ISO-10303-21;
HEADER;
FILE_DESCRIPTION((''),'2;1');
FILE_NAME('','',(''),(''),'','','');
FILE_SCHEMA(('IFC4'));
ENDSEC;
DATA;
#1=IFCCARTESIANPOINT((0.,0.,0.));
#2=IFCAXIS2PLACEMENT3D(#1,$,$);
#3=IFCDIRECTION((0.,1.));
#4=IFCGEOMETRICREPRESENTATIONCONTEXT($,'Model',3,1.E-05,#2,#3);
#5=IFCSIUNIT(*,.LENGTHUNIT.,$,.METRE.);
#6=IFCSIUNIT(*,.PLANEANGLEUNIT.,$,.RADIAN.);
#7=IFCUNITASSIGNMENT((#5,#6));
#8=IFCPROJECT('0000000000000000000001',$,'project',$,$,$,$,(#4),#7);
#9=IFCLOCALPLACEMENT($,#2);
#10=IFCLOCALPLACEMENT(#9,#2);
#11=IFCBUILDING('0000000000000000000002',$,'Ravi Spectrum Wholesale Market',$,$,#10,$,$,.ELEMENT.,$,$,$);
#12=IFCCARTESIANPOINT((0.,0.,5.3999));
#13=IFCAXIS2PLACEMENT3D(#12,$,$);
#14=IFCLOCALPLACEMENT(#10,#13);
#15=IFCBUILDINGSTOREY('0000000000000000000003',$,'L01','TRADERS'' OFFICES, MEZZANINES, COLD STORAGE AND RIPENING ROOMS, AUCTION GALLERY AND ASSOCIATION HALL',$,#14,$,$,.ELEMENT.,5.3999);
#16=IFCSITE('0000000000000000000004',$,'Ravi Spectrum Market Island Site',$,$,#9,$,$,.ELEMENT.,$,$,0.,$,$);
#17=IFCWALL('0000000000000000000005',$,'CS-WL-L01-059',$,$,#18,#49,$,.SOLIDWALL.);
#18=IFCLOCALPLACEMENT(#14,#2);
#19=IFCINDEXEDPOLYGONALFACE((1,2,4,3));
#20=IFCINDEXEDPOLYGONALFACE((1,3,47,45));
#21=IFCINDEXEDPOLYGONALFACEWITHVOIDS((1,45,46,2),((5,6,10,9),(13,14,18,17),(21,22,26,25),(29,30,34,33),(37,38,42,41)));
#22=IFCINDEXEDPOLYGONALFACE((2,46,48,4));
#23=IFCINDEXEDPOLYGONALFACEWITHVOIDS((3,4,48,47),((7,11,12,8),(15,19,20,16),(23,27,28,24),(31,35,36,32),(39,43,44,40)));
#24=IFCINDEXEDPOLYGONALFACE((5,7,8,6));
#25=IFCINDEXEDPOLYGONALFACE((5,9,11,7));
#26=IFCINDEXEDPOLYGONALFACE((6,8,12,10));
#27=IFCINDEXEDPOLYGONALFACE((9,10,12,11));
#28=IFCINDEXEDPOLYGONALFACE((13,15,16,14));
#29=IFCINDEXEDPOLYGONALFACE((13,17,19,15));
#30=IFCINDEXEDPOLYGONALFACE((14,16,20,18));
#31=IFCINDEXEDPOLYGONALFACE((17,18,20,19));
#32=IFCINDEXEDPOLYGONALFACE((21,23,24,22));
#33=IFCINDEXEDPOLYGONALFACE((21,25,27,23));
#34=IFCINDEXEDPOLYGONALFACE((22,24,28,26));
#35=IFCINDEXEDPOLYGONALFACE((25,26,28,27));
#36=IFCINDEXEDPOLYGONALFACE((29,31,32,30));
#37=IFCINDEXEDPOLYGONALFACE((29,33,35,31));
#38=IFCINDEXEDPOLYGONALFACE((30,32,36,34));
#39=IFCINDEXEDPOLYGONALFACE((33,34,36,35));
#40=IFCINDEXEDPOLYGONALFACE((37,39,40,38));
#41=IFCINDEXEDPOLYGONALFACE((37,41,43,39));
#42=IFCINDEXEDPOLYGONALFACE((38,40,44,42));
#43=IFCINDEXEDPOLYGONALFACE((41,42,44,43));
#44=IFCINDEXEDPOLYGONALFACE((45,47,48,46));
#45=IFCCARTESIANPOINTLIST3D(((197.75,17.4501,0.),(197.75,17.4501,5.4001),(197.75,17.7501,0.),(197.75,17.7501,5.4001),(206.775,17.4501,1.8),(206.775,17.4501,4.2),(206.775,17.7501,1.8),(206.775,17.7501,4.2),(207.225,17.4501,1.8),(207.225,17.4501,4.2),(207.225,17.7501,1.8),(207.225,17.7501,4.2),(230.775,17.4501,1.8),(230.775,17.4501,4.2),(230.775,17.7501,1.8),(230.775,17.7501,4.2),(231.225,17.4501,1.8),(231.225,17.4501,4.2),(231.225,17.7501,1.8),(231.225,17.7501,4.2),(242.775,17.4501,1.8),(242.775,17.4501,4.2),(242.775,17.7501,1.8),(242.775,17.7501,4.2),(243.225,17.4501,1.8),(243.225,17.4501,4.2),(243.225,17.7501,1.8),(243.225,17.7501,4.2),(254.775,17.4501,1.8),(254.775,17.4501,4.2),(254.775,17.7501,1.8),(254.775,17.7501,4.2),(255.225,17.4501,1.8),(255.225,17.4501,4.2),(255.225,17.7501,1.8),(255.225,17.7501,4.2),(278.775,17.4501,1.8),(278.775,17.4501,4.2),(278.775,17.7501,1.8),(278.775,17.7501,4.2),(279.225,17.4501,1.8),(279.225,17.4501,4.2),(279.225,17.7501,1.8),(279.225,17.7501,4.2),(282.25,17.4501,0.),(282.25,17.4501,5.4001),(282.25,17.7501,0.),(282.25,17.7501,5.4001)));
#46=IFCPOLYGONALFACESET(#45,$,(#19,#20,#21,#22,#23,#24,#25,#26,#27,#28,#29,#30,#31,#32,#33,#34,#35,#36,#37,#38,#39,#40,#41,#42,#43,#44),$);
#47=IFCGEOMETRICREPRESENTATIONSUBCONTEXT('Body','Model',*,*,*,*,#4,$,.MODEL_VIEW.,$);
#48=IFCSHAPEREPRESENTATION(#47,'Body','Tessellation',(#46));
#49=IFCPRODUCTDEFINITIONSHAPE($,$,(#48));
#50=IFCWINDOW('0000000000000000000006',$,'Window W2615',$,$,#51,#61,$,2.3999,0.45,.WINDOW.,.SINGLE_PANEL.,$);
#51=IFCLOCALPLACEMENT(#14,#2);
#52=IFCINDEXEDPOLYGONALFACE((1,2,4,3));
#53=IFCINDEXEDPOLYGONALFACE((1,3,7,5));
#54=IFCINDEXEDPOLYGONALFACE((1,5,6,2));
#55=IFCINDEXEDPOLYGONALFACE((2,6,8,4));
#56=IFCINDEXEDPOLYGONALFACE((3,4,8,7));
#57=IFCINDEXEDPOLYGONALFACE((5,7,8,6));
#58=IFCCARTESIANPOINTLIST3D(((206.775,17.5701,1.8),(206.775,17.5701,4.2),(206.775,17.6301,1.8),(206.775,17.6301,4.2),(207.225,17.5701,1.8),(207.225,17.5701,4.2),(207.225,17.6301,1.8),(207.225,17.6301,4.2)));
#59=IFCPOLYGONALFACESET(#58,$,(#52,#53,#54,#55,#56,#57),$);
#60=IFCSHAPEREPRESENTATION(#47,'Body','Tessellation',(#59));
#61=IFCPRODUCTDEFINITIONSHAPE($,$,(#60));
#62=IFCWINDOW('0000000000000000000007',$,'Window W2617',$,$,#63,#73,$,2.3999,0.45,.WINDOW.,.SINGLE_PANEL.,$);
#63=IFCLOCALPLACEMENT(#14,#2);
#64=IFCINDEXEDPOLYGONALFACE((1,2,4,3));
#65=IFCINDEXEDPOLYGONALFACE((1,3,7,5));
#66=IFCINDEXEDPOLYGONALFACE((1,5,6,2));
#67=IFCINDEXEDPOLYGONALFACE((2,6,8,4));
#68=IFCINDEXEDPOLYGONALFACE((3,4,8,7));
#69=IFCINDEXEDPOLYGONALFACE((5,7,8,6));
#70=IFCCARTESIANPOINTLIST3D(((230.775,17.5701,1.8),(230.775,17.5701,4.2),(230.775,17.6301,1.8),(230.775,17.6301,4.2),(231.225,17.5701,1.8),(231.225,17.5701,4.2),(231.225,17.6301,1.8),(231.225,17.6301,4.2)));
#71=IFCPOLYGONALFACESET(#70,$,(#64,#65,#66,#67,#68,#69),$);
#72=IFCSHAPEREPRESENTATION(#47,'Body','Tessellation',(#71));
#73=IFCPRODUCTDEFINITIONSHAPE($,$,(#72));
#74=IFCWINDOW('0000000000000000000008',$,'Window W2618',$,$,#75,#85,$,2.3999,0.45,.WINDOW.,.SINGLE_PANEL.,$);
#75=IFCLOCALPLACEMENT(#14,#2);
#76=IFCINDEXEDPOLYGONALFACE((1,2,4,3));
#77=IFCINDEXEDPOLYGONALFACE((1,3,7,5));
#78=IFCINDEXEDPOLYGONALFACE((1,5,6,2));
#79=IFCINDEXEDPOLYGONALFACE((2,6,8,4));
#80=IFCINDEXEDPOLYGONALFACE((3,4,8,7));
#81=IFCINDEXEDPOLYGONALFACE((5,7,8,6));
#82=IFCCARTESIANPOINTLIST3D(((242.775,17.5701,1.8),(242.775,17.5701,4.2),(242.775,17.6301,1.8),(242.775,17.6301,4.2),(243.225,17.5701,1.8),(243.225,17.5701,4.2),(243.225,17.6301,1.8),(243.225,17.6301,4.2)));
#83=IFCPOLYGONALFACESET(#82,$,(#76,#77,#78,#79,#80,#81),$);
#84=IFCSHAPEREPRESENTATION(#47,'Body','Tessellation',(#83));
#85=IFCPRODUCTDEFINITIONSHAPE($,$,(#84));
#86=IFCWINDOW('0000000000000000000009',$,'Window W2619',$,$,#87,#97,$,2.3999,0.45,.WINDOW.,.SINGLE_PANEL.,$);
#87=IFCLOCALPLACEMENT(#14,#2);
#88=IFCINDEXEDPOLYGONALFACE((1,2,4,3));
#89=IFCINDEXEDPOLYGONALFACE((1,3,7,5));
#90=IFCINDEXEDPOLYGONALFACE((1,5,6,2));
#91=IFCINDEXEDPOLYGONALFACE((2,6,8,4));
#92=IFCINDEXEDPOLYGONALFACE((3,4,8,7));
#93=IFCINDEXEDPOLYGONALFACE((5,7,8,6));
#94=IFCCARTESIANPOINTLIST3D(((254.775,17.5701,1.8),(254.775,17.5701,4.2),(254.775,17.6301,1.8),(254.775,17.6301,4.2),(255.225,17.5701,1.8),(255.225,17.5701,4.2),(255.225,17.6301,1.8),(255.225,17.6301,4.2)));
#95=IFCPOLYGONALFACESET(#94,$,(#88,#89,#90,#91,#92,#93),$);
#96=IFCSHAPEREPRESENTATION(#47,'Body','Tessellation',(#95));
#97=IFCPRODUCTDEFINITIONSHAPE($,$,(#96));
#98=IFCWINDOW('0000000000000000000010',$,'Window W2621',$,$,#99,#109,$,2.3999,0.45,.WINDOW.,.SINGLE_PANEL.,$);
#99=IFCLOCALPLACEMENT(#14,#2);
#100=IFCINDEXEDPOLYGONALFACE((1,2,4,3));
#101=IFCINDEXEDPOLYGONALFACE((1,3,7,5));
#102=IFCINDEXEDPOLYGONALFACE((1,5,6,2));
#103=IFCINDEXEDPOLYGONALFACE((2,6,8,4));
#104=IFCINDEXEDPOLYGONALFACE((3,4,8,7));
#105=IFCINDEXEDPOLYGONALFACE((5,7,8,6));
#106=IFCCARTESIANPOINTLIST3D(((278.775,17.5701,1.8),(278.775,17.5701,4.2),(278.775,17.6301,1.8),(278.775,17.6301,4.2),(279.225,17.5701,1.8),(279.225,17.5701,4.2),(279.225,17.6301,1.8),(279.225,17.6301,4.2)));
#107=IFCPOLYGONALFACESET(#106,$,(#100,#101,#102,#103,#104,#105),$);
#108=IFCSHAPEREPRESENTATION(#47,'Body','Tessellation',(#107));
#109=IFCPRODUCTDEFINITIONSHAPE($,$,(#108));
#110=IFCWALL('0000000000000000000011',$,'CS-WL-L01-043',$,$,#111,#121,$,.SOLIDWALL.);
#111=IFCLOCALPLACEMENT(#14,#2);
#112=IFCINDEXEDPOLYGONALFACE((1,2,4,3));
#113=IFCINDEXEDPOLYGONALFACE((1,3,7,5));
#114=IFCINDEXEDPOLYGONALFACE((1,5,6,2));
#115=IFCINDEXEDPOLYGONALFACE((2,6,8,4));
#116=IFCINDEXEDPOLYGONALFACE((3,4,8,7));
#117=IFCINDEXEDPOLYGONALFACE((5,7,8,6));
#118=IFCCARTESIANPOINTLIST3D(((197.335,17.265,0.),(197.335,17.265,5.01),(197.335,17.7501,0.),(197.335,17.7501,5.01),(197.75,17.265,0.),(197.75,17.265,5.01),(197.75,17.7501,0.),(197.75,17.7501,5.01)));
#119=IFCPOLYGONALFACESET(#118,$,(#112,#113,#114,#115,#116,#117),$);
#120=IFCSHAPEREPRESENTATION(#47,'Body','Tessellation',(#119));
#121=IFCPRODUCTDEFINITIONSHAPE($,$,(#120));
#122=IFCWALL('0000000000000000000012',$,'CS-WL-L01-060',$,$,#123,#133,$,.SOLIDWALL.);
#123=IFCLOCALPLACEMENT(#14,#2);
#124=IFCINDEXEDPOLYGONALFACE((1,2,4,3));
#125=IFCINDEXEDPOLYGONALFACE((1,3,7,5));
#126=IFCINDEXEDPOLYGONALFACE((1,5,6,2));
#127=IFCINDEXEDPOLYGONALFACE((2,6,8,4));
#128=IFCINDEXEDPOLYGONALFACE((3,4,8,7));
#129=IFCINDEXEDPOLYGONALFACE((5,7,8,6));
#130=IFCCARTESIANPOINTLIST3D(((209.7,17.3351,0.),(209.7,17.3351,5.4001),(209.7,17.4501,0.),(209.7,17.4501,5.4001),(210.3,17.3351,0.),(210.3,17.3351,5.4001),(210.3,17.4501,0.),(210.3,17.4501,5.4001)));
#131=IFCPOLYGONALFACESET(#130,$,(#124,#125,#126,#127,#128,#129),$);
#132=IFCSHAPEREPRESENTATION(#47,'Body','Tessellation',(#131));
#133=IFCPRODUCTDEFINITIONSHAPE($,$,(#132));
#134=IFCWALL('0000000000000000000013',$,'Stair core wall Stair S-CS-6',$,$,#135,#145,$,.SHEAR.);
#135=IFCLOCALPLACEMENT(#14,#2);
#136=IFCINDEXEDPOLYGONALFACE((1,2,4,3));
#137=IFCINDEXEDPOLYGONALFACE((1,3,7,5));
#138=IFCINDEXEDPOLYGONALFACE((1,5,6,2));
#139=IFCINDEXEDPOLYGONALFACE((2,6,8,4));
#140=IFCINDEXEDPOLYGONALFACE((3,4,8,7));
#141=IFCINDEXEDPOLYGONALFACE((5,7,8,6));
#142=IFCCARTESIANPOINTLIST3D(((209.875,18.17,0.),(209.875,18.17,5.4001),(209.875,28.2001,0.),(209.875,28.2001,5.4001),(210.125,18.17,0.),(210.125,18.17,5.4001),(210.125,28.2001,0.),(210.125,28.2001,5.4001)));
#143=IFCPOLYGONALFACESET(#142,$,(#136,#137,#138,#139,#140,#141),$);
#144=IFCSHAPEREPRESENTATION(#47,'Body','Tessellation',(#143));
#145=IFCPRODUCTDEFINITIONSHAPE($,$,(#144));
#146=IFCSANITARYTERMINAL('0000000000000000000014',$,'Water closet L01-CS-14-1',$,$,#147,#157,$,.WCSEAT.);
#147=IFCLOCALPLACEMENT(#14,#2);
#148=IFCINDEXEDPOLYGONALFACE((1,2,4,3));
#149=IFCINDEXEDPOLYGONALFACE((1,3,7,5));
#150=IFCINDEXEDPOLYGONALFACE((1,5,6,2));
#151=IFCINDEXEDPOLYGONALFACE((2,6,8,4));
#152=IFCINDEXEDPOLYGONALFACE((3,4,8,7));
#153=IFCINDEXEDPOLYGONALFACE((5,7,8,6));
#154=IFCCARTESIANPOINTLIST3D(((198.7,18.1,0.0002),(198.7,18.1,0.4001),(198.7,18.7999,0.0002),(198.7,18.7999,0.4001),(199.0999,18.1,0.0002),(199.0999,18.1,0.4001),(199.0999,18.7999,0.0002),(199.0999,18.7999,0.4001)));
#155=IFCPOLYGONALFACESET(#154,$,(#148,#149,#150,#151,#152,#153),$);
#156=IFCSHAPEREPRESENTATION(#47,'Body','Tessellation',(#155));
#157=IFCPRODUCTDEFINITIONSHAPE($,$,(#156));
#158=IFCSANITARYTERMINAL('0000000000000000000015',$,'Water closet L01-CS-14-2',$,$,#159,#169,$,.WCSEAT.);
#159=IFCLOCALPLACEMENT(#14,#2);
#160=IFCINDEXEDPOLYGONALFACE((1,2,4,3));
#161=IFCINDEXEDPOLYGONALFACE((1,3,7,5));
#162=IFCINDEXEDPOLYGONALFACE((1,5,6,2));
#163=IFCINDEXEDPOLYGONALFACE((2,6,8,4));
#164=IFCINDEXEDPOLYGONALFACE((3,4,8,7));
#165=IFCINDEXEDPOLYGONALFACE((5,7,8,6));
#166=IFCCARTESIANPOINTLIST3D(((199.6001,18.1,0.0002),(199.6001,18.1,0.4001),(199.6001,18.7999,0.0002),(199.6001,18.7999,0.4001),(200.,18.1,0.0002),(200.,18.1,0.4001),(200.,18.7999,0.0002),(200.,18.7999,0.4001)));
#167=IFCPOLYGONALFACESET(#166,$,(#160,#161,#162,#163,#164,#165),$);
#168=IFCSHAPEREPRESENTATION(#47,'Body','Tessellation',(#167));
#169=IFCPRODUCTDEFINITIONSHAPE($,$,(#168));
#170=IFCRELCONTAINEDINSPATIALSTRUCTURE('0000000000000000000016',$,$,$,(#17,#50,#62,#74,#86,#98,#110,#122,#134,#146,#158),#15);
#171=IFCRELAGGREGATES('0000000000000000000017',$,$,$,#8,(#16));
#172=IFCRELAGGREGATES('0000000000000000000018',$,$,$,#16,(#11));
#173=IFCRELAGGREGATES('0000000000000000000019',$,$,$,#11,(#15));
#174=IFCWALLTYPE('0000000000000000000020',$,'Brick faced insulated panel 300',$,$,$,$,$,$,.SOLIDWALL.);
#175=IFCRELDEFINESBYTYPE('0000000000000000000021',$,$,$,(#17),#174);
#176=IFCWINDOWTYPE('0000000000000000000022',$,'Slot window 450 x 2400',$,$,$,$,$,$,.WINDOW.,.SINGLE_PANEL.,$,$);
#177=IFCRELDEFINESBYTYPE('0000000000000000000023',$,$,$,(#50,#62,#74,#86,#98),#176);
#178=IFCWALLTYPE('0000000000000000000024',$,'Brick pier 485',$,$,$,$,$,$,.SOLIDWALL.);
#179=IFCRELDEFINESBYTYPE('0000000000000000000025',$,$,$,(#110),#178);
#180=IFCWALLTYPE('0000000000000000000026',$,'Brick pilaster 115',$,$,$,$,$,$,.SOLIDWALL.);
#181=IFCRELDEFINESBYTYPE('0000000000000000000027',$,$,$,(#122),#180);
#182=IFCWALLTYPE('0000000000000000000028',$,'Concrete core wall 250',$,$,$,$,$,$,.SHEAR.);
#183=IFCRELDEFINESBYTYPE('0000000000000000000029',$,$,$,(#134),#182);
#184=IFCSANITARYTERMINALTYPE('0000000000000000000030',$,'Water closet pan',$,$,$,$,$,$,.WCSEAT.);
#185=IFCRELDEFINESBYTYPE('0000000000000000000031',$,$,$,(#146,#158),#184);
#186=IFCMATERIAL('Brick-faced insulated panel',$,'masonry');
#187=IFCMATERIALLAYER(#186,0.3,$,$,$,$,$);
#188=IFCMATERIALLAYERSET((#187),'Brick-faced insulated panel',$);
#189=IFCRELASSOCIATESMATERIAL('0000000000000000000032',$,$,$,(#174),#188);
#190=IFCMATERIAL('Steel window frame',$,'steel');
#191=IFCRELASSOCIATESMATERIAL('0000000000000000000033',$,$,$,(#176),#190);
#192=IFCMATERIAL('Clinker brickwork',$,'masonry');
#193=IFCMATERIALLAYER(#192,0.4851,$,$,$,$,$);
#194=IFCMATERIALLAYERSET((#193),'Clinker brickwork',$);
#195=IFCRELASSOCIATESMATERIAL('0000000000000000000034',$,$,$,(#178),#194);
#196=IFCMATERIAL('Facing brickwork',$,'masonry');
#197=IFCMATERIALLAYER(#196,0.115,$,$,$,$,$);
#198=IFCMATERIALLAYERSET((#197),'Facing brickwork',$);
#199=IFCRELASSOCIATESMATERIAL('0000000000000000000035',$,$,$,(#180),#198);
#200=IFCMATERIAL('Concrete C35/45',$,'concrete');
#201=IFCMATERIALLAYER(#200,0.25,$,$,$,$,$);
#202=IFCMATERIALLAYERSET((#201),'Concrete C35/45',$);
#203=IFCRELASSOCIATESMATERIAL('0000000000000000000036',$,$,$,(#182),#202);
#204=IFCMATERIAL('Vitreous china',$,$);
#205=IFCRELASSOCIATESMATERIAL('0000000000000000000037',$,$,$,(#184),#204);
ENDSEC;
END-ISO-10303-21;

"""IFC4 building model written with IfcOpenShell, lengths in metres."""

from ifc_helpers import new_model, si_unit, direction, frame, frame_2d, origin, origin_2d, place, context, subcontext, project, spatial, rectangle, extrude, material, layer, layer_set, type_object, element, fill, save


model = new_model("IFC4")

# Units and contexts
model_context = context("Model", 3, precision=1e-05, world=origin(), true_north=direction((0.0, 1.0)))
body_context = subcontext(model_context, "Body", "Model", "MODEL_VIEW")
ifc_project = project(units=[si_unit("LENGTHUNIT", "METRE"), si_unit("PLANEANGLEUNIT", "RADIAN")], contexts=[model_context])

# Site, building, storey
site_placement = place(None, origin())
site = spatial("IfcSite", under=ifc_project, at=site_placement, Name="Ravi Spectrum Market Island Site", CompositionType="ELEMENT", RefElevation=0.0)
building_placement = place(site_placement, origin())
building = spatial("IfcBuilding", under=site, at=building_placement, Name="Ravi Spectrum Wholesale Market", CompositionType="ELEMENT")
storey_placement = place(building_placement, frame((0.0, 0.0, 5.3999)))
storey = spatial("IfcBuildingStorey", under=building, at=storey_placement, Name="L01", Description="TRADERS' OFFICES, MEZZANINES, COLD STORAGE AND RIPENING ROOMS, AUCTION GALLERY AND ASSOCIATION HALL", CompositionType="ELEMENT", Elevation=5.3999)

# Wall, openings, windows
ifc_material_1 = material(Name="Brick-faced insulated panel", Category="masonry")
ifc_layer_1 = layer(ifc_material_1, 0.3)
ifc_layer_set_1 = layer_set([ifc_layer_1], Name="Brick-faced insulated panel")
wall_type_1 = type_object("IfcWallType", Name="Brick faced insulated panel 300", PredefinedType="SOLIDWALL", material=ifc_layer_set_1)
wall_1_placement = place(storey_placement, frame((197.75, 17.6001, 0.0), z_axis=(0.0, 0.0, 1.0), x_axis=(1.0, 0.0, 0.0)))
wall_1 = element("IfcWall", 1, at=wall_1_placement, inside=storey, type_object=wall_type_1, Name="CS-WL-L01-059", PredefinedType="SOLIDWALL", context=body_context, shape_type="SweptSolid", body=[
    extrude(rectangle(XDim=84.5, YDim=0.3, at=frame_2d((42.25, 0.0))), origin(), (0.0, 0.0, 1.0), 5.4001),
])
opening_1_placement = place(wall_1_placement, frame((9.0249, 0.0, 1.8)))
opening_1 = element("IfcOpeningElement", 2, at=opening_1_placement, cuts=wall_1, PredefinedType="OPENING", context=body_context, shape_type="SweptSolid", body=[
    extrude(rectangle(XDim=0.45, YDim=2.3999, at=frame_2d((0.2251, 1.2))), frame((0.0, 0.1599, 0.0), z_axis=(0.0, -1.0, 0.0), x_axis=(1.0, 0.0, 0.0)), (0.0, 0.0, 1.0), 0.3201),
])
opening_2_placement = place(wall_1_placement, frame((33.0249, 0.0, 1.8)))
opening_2 = element("IfcOpeningElement", 3, at=opening_2_placement, cuts=wall_1, PredefinedType="OPENING", context=body_context, shape_type="SweptSolid", body=[
    extrude(rectangle(XDim=0.45, YDim=2.3999, at=frame_2d((0.2251, 1.2))), frame((0.0, 0.1599, 0.0), z_axis=(0.0, -1.0, 0.0), x_axis=(1.0, 0.0, 0.0)), (0.0, 0.0, 1.0), 0.3201),
])
opening_3_placement = place(wall_1_placement, frame((45.0249, 0.0, 1.8)))
opening_3 = element("IfcOpeningElement", 4, at=opening_3_placement, cuts=wall_1, PredefinedType="OPENING", context=body_context, shape_type="SweptSolid", body=[
    extrude(rectangle(XDim=0.45, YDim=2.3999, at=frame_2d((0.2251, 1.2))), frame((0.0, 0.1599, 0.0), z_axis=(0.0, -1.0, 0.0), x_axis=(1.0, 0.0, 0.0)), (0.0, 0.0, 1.0), 0.3201),
])
opening_4_placement = place(wall_1_placement, frame((57.0249, 0.0, 1.8)))
opening_4 = element("IfcOpeningElement", 5, at=opening_4_placement, cuts=wall_1, PredefinedType="OPENING", context=body_context, shape_type="SweptSolid", body=[
    extrude(rectangle(XDim=0.45, YDim=2.3999, at=frame_2d((0.2251, 1.2))), frame((0.0, 0.1599, 0.0), z_axis=(0.0, -1.0, 0.0), x_axis=(1.0, 0.0, 0.0)), (0.0, 0.0, 1.0), 0.3201),
])
opening_5_placement = place(wall_1_placement, frame((81.0249, 0.0, 1.8)))
opening_5 = element("IfcOpeningElement", 6, at=opening_5_placement, cuts=wall_1, PredefinedType="OPENING", context=body_context, shape_type="SweptSolid", body=[
    extrude(rectangle(XDim=0.45, YDim=2.3999, at=frame_2d((0.2251, 1.2))), frame((0.0, 0.1599, 0.0), z_axis=(0.0, -1.0, 0.0), x_axis=(1.0, 0.0, 0.0)), (0.0, 0.0, 1.0), 0.3201),
])
ifc_material_2 = material(Name="Steel window frame", Category="steel")
window_type = type_object("IfcWindowType", Name="Slot window 450 x 2400", PartitioningType="SINGLE_PANEL", PredefinedType="WINDOW", material=ifc_material_2)
window_1_placement = place(opening_1_placement, origin())
window_1 = element("IfcWindow", 7, at=window_1_placement, inside=storey, type_object=window_type, Name="Window W2615", OverallHeight=2.3999, OverallWidth=0.45, PartitioningType="SINGLE_PANEL", PredefinedType="WINDOW", context=body_context, shape_type="SweptSolid", body=[
    extrude(rectangle(XDim=0.45, YDim=2.3999, at=frame_2d((0.2251, 1.2))), frame((0.0, 0.03, 0.0), z_axis=(0.0, -1.0, 0.0), x_axis=(1.0, 0.0, 0.0)), (0.0, 0.0, 1.0), 0.0601),
])
fill(opening_1, window_1)
window_2_placement = place(opening_2_placement, origin())
window_2 = element("IfcWindow", 8, at=window_2_placement, inside=storey, type_object=window_type, Name="Window W2617", OverallHeight=2.3999, OverallWidth=0.45, PartitioningType="SINGLE_PANEL", PredefinedType="WINDOW", context=body_context, shape_type="SweptSolid", body=[
    extrude(rectangle(XDim=0.45, YDim=2.3999, at=frame_2d((0.2251, 1.2))), frame((0.0, 0.03, 0.0), z_axis=(0.0, -1.0, 0.0), x_axis=(1.0, 0.0, 0.0)), (0.0, 0.0, 1.0), 0.0601),
])
fill(opening_2, window_2)
window_3_placement = place(opening_3_placement, origin())
window_3 = element("IfcWindow", 9, at=window_3_placement, inside=storey, type_object=window_type, Name="Window W2618", OverallHeight=2.3999, OverallWidth=0.45, PartitioningType="SINGLE_PANEL", PredefinedType="WINDOW", context=body_context, shape_type="SweptSolid", body=[
    extrude(rectangle(XDim=0.45, YDim=2.3999, at=frame_2d((0.2251, 1.2))), frame((0.0, 0.03, 0.0), z_axis=(0.0, -1.0, 0.0), x_axis=(1.0, 0.0, 0.0)), (0.0, 0.0, 1.0), 0.0601),
])
fill(opening_3, window_3)
window_4_placement = place(opening_4_placement, origin())
window_4 = element("IfcWindow", 10, at=window_4_placement, inside=storey, type_object=window_type, Name="Window W2619", OverallHeight=2.3999, OverallWidth=0.45, PartitioningType="SINGLE_PANEL", PredefinedType="WINDOW", context=body_context, shape_type="SweptSolid", body=[
    extrude(rectangle(XDim=0.45, YDim=2.3999, at=frame_2d((0.2251, 1.2))), frame((0.0, 0.03, 0.0), z_axis=(0.0, -1.0, 0.0), x_axis=(1.0, 0.0, 0.0)), (0.0, 0.0, 1.0), 0.0601),
])
fill(opening_4, window_4)
window_5_placement = place(opening_5_placement, origin())
window_5 = element("IfcWindow", 11, at=window_5_placement, inside=storey, type_object=window_type, Name="Window W2621", OverallHeight=2.3999, OverallWidth=0.45, PartitioningType="SINGLE_PANEL", PredefinedType="WINDOW", context=body_context, shape_type="SweptSolid", body=[
    extrude(rectangle(XDim=0.45, YDim=2.3999, at=frame_2d((0.2251, 1.2))), frame((0.0, 0.03, 0.0), z_axis=(0.0, -1.0, 0.0), x_axis=(1.0, 0.0, 0.0)), (0.0, 0.0, 1.0), 0.0601),
])
fill(opening_5, window_5)

# Walls
ifc_material_3 = material(Name="Clinker brickwork", Category="masonry")
ifc_layer_2 = layer(ifc_material_3, 0.4851)
ifc_layer_set_2 = layer_set([ifc_layer_2], Name="Clinker brickwork")
wall_type_2 = type_object("IfcWallType", Name="Brick pier 485", PredefinedType="SOLIDWALL", material=ifc_layer_set_2)
wall_2_placement = place(storey_placement, frame((197.75, 17.5076, 0.0), z_axis=(0.0, 0.0, 1.0), x_axis=(-1.0, 0.0, 0.0)))
element("IfcWall", 12, at=wall_2_placement, inside=storey, type_object=wall_type_2, Name="CS-WL-L01-043", PredefinedType="SOLIDWALL", context=body_context, shape_type="SweptSolid", body=[
    extrude(rectangle(XDim=0.415, YDim=0.4851, at=frame_2d((0.2075, 0.0))), origin(), (0.0, 0.0, 1.0), 5.01),
])
ifc_material_4 = material(Name="Facing brickwork", Category="masonry")
ifc_layer_3 = layer(ifc_material_4, 0.115)
ifc_layer_set_3 = layer_set([ifc_layer_3], Name="Facing brickwork")
wall_type_3 = type_object("IfcWallType", Name="Brick pilaster 115", PredefinedType="SOLIDWALL", material=ifc_layer_set_3)
wall_3_placement = place(storey_placement, frame((209.7, 17.3926, 0.0), z_axis=(0.0, 0.0, 1.0), x_axis=(1.0, 0.0, 0.0)))
element("IfcWall", 13, at=wall_3_placement, inside=storey, type_object=wall_type_3, Name="CS-WL-L01-060", PredefinedType="SOLIDWALL", context=body_context, shape_type="SweptSolid", body=[
    extrude(rectangle(XDim=0.6001, YDim=0.115, at=frame_2d((0.3, 0.0))), origin(), (0.0, 0.0, 1.0), 5.4001),
])
ifc_material_5 = material(Name="Concrete C35/45", Category="concrete")
ifc_layer_4 = layer(ifc_material_5, 0.25)
ifc_layer_set_4 = layer_set([ifc_layer_4], Name="Concrete C35/45")
wall_type_4 = type_object("IfcWallType", Name="Concrete core wall 250", PredefinedType="SHEAR", material=ifc_layer_set_4)
wall_4_placement = place(storey_placement, frame((210.0, 18.1699, 0.0), z_axis=(0.0, 0.0, 1.0), x_axis=(0.0, 1.0, 0.0)))
element("IfcWall", 14, at=wall_4_placement, inside=storey, type_object=wall_type_4, Name="Stair core wall Stair S-CS-6", PredefinedType="SHEAR", context=body_context, shape_type="SweptSolid", body=[
    extrude(rectangle(XDim=10.03, YDim=0.25, at=frame_2d((5.0151, 0.0))), origin(), (0.0, 0.0, 1.0), 5.4001),
])

# Sanitary terminals
ifc_material_6 = material(Name="Vitreous china")
sanitary_terminal_type = type_object("IfcSanitaryTerminalType", Name="Water closet pan", PredefinedType="WCSEAT", material=ifc_material_6)
for number, where, z_axis, x_axis, name in (
    (15, (198.8999, 18.45, 0.0002), (0.0, 0.0, 1.0), (1.0, 0.0, 0.0), "Water closet L01-CS-14-1"),
    (16, (199.8, 18.45, 0.0002), (0.0, 0.0, 1.0), (1.0, 0.0, 0.0), "Water closet L01-CS-14-2"),
):
    element("IfcSanitaryTerminal", number, at=place(storey_placement, frame(where, z_axis=z_axis, x_axis=x_axis)), inside=storey, type_object=sanitary_terminal_type, Name=name, PredefinedType="WCSEAT", context=body_context, shape_type="SweptSolid", body=[
        extrude(rectangle(XDim=0.3999, YDim=0.7, at=origin_2d()), origin(), (0.0, 0.0, 1.0), 0.3999),
    ])

save(model, "model.ifc")
